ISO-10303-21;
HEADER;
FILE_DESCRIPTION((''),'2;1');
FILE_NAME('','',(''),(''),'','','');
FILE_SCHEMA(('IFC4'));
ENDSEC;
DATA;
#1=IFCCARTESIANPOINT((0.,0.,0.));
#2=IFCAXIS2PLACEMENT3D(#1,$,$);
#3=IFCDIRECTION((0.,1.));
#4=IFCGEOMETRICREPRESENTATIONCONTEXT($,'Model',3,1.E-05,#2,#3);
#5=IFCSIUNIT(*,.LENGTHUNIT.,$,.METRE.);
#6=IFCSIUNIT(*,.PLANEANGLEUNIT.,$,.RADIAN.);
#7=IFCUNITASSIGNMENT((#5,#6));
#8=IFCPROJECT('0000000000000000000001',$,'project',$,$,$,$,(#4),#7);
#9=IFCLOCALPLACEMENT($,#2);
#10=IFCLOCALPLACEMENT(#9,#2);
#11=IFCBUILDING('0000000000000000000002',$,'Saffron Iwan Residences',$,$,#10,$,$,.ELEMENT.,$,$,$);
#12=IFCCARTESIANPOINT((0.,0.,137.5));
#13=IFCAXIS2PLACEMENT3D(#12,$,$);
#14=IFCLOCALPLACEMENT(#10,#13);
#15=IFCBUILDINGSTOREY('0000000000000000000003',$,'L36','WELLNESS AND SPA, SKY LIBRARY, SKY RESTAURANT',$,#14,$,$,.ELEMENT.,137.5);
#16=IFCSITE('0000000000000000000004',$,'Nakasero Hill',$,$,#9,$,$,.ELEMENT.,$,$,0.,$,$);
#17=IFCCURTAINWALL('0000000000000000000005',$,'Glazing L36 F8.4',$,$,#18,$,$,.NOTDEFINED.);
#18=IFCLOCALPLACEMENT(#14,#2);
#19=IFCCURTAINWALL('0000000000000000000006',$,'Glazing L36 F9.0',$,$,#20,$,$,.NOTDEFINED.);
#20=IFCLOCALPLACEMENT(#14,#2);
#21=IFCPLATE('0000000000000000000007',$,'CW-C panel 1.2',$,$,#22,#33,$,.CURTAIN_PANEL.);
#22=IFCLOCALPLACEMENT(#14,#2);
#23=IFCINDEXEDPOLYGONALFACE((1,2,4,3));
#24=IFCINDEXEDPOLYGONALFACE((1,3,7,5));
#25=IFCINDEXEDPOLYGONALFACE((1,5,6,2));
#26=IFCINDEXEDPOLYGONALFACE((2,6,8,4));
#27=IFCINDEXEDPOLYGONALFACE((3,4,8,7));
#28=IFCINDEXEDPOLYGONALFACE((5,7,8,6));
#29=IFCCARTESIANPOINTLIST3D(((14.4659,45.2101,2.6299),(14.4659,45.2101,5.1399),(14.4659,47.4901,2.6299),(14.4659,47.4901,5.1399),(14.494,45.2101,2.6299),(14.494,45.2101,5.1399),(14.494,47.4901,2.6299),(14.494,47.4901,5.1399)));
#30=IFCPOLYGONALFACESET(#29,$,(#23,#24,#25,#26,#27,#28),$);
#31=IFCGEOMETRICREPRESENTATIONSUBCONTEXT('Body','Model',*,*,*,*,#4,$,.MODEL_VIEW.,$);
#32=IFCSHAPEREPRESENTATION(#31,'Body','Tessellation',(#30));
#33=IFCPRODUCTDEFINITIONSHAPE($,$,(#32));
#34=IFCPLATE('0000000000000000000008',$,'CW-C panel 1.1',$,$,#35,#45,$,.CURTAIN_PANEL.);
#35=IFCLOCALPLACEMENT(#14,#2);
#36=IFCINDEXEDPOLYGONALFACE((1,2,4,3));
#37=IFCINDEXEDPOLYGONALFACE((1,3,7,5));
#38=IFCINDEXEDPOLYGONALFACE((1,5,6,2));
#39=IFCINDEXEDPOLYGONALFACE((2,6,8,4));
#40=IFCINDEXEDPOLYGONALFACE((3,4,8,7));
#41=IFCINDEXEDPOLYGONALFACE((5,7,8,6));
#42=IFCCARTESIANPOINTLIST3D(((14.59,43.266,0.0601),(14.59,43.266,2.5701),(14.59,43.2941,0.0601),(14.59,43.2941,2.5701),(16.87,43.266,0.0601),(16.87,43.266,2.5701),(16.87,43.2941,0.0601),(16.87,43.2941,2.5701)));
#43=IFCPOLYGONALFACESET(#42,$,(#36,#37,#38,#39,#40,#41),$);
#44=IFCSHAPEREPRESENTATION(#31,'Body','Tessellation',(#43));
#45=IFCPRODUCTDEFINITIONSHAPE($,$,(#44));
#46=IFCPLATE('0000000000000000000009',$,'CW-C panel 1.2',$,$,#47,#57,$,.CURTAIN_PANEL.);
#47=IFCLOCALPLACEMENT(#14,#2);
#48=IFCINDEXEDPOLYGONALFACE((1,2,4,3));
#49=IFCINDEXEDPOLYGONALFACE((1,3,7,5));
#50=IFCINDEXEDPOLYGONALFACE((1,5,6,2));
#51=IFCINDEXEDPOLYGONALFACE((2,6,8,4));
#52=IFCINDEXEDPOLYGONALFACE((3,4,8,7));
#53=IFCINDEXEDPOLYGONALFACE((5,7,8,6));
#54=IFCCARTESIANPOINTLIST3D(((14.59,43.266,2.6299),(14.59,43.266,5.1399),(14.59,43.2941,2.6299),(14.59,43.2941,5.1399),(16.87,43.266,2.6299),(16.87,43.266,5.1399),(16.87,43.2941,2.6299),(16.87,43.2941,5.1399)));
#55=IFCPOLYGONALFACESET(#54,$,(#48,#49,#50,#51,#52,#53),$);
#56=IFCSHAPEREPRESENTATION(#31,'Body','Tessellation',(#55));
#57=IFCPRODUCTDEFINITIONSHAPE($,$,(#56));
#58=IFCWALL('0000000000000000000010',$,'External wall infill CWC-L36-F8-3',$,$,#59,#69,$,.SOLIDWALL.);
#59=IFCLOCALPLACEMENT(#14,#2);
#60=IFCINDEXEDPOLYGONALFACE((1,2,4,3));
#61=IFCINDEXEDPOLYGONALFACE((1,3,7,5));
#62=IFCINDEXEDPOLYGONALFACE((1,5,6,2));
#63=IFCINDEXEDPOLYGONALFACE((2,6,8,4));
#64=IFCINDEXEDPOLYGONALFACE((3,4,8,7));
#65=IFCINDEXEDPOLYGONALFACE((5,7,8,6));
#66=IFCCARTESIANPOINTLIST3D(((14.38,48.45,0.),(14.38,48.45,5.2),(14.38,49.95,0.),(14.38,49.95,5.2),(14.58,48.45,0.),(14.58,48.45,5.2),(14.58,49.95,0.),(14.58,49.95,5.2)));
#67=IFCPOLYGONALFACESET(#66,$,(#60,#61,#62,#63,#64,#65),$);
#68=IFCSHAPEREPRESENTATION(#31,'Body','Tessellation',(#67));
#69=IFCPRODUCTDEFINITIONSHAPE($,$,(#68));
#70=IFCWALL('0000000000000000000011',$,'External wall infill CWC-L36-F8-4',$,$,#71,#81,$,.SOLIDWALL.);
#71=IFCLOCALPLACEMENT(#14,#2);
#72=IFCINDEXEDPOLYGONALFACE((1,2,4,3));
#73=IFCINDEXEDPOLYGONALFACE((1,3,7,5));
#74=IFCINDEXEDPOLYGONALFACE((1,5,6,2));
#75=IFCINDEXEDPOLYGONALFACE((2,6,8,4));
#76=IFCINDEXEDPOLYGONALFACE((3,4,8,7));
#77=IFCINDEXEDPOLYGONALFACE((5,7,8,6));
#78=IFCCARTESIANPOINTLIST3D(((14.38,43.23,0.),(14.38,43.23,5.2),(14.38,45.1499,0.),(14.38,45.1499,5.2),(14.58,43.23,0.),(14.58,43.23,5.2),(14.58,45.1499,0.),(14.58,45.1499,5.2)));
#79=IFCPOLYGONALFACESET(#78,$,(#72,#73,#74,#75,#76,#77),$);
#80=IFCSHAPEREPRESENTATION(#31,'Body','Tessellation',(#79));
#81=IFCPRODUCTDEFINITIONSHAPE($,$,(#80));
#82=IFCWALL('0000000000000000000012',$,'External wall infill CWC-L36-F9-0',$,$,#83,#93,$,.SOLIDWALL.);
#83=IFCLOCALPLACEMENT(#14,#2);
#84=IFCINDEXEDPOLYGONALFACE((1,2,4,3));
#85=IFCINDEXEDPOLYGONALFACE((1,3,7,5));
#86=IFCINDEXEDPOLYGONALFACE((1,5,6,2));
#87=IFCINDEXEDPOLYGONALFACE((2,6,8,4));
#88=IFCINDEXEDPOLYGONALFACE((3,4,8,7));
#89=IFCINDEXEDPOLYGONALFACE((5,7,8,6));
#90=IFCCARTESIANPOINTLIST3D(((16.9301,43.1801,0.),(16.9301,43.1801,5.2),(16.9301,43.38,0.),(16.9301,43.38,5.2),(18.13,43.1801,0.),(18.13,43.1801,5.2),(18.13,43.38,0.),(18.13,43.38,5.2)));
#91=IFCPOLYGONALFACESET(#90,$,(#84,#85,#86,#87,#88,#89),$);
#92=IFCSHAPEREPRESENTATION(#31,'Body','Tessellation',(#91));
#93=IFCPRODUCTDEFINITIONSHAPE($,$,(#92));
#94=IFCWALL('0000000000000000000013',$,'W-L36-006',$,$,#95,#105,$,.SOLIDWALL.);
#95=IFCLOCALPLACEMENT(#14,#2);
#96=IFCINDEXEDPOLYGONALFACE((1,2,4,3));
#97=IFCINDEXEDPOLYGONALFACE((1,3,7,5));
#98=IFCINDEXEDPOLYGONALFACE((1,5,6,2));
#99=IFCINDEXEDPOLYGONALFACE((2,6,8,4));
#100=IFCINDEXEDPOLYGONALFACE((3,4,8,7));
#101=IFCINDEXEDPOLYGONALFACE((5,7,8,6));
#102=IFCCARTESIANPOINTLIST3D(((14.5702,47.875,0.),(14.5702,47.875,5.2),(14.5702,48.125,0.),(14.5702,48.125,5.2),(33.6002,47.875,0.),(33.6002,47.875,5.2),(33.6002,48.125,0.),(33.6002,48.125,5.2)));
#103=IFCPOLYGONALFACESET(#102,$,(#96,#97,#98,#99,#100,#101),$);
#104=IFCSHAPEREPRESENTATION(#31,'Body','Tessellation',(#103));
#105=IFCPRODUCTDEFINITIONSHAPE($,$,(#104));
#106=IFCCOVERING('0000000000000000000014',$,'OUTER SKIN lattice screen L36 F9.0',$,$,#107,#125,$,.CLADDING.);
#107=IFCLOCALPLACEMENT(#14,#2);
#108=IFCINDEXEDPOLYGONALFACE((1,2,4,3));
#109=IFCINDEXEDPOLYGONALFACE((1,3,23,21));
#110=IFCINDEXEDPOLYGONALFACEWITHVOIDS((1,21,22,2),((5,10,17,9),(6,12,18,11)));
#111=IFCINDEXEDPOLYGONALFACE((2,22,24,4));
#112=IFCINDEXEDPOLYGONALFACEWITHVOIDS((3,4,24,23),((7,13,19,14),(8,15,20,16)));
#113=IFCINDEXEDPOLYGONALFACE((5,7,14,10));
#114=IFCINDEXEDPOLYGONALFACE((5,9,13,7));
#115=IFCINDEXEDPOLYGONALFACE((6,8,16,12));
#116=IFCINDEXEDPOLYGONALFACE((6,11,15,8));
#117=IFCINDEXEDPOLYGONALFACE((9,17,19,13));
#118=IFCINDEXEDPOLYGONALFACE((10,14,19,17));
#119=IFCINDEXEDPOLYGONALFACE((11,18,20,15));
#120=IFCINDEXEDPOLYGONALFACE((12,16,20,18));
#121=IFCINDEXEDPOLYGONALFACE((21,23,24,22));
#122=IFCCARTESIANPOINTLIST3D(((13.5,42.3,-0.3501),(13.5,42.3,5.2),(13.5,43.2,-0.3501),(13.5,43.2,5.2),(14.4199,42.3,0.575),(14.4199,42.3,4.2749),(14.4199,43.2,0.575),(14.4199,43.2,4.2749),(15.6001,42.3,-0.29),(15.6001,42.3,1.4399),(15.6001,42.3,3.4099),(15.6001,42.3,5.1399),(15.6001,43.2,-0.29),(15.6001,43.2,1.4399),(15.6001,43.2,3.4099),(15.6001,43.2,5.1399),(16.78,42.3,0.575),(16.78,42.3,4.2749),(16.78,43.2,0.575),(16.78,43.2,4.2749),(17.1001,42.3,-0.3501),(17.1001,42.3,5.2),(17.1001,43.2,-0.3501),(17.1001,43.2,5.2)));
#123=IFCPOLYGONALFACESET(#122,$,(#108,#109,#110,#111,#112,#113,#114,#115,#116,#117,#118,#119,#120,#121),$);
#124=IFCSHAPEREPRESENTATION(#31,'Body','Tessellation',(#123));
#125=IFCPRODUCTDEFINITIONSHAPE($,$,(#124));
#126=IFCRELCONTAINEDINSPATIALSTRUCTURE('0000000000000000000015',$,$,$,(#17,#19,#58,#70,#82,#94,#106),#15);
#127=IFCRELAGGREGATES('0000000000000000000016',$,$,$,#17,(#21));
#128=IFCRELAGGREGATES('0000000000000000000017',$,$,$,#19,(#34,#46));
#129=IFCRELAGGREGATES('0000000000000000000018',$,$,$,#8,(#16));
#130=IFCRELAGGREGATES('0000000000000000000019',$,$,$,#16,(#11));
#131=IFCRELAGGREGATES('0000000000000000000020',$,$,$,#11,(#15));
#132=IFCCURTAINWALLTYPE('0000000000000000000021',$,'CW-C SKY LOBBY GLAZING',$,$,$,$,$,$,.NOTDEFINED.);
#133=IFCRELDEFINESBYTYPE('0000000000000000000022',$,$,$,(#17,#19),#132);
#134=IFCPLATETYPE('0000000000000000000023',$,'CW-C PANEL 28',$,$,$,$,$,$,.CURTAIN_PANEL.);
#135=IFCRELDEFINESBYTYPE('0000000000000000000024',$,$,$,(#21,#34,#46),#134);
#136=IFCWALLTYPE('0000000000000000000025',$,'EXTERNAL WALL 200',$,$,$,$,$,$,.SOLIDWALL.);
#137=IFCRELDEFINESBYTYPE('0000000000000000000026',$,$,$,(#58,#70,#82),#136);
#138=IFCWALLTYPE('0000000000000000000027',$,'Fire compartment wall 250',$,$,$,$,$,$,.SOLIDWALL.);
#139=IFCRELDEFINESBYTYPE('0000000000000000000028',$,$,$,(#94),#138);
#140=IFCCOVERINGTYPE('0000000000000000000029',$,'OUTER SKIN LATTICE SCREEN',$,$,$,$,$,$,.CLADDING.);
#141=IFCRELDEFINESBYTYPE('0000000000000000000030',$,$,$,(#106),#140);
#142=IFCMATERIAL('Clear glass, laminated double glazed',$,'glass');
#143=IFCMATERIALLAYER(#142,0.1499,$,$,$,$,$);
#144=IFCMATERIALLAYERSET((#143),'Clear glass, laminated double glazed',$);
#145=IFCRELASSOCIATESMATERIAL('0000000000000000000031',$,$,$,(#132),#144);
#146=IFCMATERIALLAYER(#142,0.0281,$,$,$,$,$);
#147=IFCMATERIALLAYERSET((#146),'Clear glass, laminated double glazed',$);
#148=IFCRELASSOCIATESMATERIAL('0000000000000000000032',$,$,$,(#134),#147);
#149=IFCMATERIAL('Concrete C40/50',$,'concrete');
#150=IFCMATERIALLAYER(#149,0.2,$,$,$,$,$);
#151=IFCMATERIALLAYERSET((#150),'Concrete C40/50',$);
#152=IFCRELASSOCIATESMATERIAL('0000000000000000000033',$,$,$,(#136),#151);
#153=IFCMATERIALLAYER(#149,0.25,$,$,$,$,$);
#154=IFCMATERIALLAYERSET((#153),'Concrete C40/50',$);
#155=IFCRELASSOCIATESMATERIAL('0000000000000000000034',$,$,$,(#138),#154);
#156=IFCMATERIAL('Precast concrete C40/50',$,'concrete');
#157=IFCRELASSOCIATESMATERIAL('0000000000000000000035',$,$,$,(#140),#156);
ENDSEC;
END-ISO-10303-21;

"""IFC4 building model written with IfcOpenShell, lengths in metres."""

from ifc_helpers import new_model, si_unit, direction, frame, frame_2d, origin, origin_2d, place, context, subcontext, project, spatial, polyline, rectangle, outline, extrude, source, transform, mapped, material, layer, layer_set, type_object, element, aggregate, save


model = new_model("IFC4")

# Units and contexts
model_context = context("Model", 3, precision=1e-05, world=origin(), true_north=direction((0.0, 1.0)))
body_context = subcontext(model_context, "Body", "Model", "MODEL_VIEW")
ifc_project = project(units=[si_unit("LENGTHUNIT", "METRE"), si_unit("PLANEANGLEUNIT", "RADIAN")], contexts=[model_context])

# Site, building, storey
site_placement = place(None, origin())
site = spatial("IfcSite", under=ifc_project, at=site_placement, Name="Nakasero Hill", CompositionType="ELEMENT", RefElevation=0.0)
building_placement = place(site_placement, origin())
building = spatial("IfcBuilding", under=site, at=building_placement, Name="Saffron Iwan Residences", CompositionType="ELEMENT")
storey_placement = place(building_placement, frame((0.0, 0.0, 137.5)))
storey = spatial("IfcBuildingStorey", under=building, at=storey_placement, Name="L36", Description="WELLNESS AND SPA, SKY LIBRARY, SKY RESTAURANT", CompositionType="ELEMENT", Elevation=137.5)

# Shared definitions
ifc_material_1 = material(Name="Clear glass, laminated double glazed", Category="glass")
ifc_layer_1 = layer(ifc_material_1, 0.1499)
ifc_layer_set_1 = layer_set([ifc_layer_1], Name="Clear glass, laminated double glazed")
curtain_wall_type = type_object("IfcCurtainWallType", Name="CW-C SKY LOBBY GLAZING", PredefinedType="NOTDEFINED", material=ifc_layer_set_1)

# Curtain walls
curtain_wall_1_placement = place(storey_placement, origin())
curtain_wall_1 = element("IfcCurtainWall", 1, at=curtain_wall_1_placement, inside=storey, type_object=curtain_wall_type, Name="Glazing L36 F8.4", PredefinedType="NOTDEFINED")
curtain_wall_2_placement = place(storey_placement, origin())
curtain_wall_2 = element("IfcCurtainWall", 2, at=curtain_wall_2_placement, inside=storey, type_object=curtain_wall_type, Name="Glazing L36 F9.0", PredefinedType="NOTDEFINED")

# Plates
ifc_layer_2 = layer(ifc_material_1, 0.0281)
ifc_layer_set_2 = layer_set([ifc_layer_2], Name="Clear glass, laminated double glazed")
plate_type = type_object("IfcPlateType", Name="CW-C PANEL 28", PredefinedType="CURTAIN_PANEL", material=ifc_layer_set_2)
shared_shape_1 = source(origin(), body_context, "Body", "SweptSolid", [
    extrude(rectangle(XDim=2.28, YDim=0.0281, at=origin_2d()), origin(), (0.0, 0.0, 1.0), 2.51),
])
plate_1_placement = place(storey_placement, frame((14.48, 46.3501, 2.6299), z_axis=(0.0, 0.0, 1.0), x_axis=(0.0, -1.0, 0.0)))
plate_1 = element("IfcPlate", 3, at=plate_1_placement, type_object=plate_type, Name="CW-C panel 1.2", PredefinedType="CURTAIN_PANEL", context=body_context, shape_type="MappedRepresentation", body=[
    mapped(shared_shape_1, transform((0.0, 0.0, 0.0))),
])
aggregate(curtain_wall_1, [plate_1])
plate_2_placement = place(storey_placement, frame((15.73, 43.28, 0.0601), z_axis=(0.0, 0.0, 1.0), x_axis=(1.0, 0.0, 0.0)))
plate_2 = element("IfcPlate", 4, at=plate_2_placement, type_object=plate_type, Name="CW-C panel 1.1", PredefinedType="CURTAIN_PANEL", context=body_context, shape_type="MappedRepresentation", body=[
    mapped(shared_shape_1, transform((0.0, 0.0, 0.0))),
])
plate_3_placement = place(storey_placement, frame((15.73, 43.28, 2.6299), z_axis=(0.0, 0.0, 1.0), x_axis=(1.0, 0.0, 0.0)))
plate_3 = element("IfcPlate", 5, at=plate_3_placement, type_object=plate_type, Name="CW-C panel 1.2", PredefinedType="CURTAIN_PANEL", context=body_context, shape_type="MappedRepresentation", body=[
    mapped(shared_shape_1, transform((0.0, 0.0, 0.0))),
])
aggregate(curtain_wall_2, [plate_2, plate_3])

# Walls
ifc_material_2 = material(Name="Concrete C40/50", Category="concrete")
ifc_layer_3 = layer(ifc_material_2, 0.2)
ifc_layer_set_3 = layer_set([ifc_layer_3], Name="Concrete C40/50")
wall_type_1 = type_object("IfcWallType", Name="EXTERNAL WALL 200", PredefinedType="SOLIDWALL", material=ifc_layer_set_3)
wall_1_placement = place(storey_placement, frame((14.48, 49.95, 0.0), z_axis=(0.0, 0.0, 1.0), x_axis=(0.0, -1.0, 0.0)))
element("IfcWall", 6, at=wall_1_placement, inside=storey, type_object=wall_type_1, Name="External wall infill CWC-L36-F8-3", PredefinedType="SOLIDWALL", context=body_context, shape_type="SweptSolid", body=[
    extrude(rectangle(XDim=1.5, YDim=0.2, at=frame_2d((0.75, 0.0))), origin(), (0.0, 0.0, 1.0), 5.2),
])
wall_2_placement = place(storey_placement, frame((14.48, 45.1499, 0.0), z_axis=(0.0, 0.0, 1.0), x_axis=(0.0, -1.0, 0.0)))
element("IfcWall", 7, at=wall_2_placement, inside=storey, type_object=wall_type_1, Name="External wall infill CWC-L36-F8-4", PredefinedType="SOLIDWALL", context=body_context, shape_type="SweptSolid", body=[
    extrude(rectangle(XDim=1.9199, YDim=0.2, at=frame_2d((0.96, 0.0))), origin(), (0.0, 0.0, 1.0), 5.2),
])
wall_3_placement = place(storey_placement, frame((16.9299, 43.28, 0.0), z_axis=(0.0, 0.0, 1.0), x_axis=(1.0, 0.0, 0.0)))
element("IfcWall", 8, at=wall_3_placement, inside=storey, type_object=wall_type_1, Name="External wall infill CWC-L36-F9-0", PredefinedType="SOLIDWALL", context=body_context, shape_type="SweptSolid", body=[
    extrude(rectangle(XDim=1.2, YDim=0.2, at=frame_2d((0.6001, 0.0))), origin(), (0.0, 0.0, 1.0), 5.2),
])
ifc_layer_4 = layer(ifc_material_2, 0.25)
ifc_layer_set_4 = layer_set([ifc_layer_4], Name="Concrete C40/50")
wall_type_2 = type_object("IfcWallType", Name="Fire compartment wall 250", PredefinedType="SOLIDWALL", material=ifc_layer_set_4)
wall_4_placement = place(storey_placement, frame((14.5701, 48.0, 0.0), z_axis=(0.0, 0.0, 1.0), x_axis=(1.0, 0.0, 0.0)))
element("IfcWall", 9, at=wall_4_placement, inside=storey, type_object=wall_type_2, Name="W-L36-006", PredefinedType="SOLIDWALL", context=body_context, shape_type="SweptSolid", body=[
    extrude(rectangle(XDim=19.03, YDim=0.25, at=frame_2d((9.5151, 0.0))), origin(), (0.0, 0.0, 1.0), 5.2),
])

# Covering
ifc_material_3 = material(Name="Precast concrete C40/50", Category="concrete")
covering_type = type_object("IfcCoveringType", Name="OUTER SKIN LATTICE SCREEN", PredefinedType="CLADDING", material=ifc_material_3)
covering_placement = place(storey_placement, frame((13.5, 43.2, -0.3501), z_axis=(0.0, -1.0, 0.0), x_axis=(1.0, 0.0, 0.0)))
element("IfcCovering", 10, at=covering_placement, inside=storey, type_object=covering_type, Name="OUTER SKIN lattice screen L36 F9.0", PredefinedType="CLADDING", context=body_context, shape_type="SweptSolid", body=[
    extrude(outline(polyline([(0.0, 0.0), (3.6001, 0.0), (3.6001, 5.55), (0.0, 5.55), (0.0, 0.0)]), holes=[polyline([(0.9199, 0.925), (2.1001, 0.0601), (3.28, 0.925), (2.1001, 1.79), (0.9199, 0.925)]), polyline([(0.9199, 4.625), (2.1001, 3.76), (3.28, 4.625), (2.1001, 5.49), (0.9199, 4.625)])]), origin(), (0.0, 0.0, 1.0), 0.8999),
])

save(model, "model.ifc")
